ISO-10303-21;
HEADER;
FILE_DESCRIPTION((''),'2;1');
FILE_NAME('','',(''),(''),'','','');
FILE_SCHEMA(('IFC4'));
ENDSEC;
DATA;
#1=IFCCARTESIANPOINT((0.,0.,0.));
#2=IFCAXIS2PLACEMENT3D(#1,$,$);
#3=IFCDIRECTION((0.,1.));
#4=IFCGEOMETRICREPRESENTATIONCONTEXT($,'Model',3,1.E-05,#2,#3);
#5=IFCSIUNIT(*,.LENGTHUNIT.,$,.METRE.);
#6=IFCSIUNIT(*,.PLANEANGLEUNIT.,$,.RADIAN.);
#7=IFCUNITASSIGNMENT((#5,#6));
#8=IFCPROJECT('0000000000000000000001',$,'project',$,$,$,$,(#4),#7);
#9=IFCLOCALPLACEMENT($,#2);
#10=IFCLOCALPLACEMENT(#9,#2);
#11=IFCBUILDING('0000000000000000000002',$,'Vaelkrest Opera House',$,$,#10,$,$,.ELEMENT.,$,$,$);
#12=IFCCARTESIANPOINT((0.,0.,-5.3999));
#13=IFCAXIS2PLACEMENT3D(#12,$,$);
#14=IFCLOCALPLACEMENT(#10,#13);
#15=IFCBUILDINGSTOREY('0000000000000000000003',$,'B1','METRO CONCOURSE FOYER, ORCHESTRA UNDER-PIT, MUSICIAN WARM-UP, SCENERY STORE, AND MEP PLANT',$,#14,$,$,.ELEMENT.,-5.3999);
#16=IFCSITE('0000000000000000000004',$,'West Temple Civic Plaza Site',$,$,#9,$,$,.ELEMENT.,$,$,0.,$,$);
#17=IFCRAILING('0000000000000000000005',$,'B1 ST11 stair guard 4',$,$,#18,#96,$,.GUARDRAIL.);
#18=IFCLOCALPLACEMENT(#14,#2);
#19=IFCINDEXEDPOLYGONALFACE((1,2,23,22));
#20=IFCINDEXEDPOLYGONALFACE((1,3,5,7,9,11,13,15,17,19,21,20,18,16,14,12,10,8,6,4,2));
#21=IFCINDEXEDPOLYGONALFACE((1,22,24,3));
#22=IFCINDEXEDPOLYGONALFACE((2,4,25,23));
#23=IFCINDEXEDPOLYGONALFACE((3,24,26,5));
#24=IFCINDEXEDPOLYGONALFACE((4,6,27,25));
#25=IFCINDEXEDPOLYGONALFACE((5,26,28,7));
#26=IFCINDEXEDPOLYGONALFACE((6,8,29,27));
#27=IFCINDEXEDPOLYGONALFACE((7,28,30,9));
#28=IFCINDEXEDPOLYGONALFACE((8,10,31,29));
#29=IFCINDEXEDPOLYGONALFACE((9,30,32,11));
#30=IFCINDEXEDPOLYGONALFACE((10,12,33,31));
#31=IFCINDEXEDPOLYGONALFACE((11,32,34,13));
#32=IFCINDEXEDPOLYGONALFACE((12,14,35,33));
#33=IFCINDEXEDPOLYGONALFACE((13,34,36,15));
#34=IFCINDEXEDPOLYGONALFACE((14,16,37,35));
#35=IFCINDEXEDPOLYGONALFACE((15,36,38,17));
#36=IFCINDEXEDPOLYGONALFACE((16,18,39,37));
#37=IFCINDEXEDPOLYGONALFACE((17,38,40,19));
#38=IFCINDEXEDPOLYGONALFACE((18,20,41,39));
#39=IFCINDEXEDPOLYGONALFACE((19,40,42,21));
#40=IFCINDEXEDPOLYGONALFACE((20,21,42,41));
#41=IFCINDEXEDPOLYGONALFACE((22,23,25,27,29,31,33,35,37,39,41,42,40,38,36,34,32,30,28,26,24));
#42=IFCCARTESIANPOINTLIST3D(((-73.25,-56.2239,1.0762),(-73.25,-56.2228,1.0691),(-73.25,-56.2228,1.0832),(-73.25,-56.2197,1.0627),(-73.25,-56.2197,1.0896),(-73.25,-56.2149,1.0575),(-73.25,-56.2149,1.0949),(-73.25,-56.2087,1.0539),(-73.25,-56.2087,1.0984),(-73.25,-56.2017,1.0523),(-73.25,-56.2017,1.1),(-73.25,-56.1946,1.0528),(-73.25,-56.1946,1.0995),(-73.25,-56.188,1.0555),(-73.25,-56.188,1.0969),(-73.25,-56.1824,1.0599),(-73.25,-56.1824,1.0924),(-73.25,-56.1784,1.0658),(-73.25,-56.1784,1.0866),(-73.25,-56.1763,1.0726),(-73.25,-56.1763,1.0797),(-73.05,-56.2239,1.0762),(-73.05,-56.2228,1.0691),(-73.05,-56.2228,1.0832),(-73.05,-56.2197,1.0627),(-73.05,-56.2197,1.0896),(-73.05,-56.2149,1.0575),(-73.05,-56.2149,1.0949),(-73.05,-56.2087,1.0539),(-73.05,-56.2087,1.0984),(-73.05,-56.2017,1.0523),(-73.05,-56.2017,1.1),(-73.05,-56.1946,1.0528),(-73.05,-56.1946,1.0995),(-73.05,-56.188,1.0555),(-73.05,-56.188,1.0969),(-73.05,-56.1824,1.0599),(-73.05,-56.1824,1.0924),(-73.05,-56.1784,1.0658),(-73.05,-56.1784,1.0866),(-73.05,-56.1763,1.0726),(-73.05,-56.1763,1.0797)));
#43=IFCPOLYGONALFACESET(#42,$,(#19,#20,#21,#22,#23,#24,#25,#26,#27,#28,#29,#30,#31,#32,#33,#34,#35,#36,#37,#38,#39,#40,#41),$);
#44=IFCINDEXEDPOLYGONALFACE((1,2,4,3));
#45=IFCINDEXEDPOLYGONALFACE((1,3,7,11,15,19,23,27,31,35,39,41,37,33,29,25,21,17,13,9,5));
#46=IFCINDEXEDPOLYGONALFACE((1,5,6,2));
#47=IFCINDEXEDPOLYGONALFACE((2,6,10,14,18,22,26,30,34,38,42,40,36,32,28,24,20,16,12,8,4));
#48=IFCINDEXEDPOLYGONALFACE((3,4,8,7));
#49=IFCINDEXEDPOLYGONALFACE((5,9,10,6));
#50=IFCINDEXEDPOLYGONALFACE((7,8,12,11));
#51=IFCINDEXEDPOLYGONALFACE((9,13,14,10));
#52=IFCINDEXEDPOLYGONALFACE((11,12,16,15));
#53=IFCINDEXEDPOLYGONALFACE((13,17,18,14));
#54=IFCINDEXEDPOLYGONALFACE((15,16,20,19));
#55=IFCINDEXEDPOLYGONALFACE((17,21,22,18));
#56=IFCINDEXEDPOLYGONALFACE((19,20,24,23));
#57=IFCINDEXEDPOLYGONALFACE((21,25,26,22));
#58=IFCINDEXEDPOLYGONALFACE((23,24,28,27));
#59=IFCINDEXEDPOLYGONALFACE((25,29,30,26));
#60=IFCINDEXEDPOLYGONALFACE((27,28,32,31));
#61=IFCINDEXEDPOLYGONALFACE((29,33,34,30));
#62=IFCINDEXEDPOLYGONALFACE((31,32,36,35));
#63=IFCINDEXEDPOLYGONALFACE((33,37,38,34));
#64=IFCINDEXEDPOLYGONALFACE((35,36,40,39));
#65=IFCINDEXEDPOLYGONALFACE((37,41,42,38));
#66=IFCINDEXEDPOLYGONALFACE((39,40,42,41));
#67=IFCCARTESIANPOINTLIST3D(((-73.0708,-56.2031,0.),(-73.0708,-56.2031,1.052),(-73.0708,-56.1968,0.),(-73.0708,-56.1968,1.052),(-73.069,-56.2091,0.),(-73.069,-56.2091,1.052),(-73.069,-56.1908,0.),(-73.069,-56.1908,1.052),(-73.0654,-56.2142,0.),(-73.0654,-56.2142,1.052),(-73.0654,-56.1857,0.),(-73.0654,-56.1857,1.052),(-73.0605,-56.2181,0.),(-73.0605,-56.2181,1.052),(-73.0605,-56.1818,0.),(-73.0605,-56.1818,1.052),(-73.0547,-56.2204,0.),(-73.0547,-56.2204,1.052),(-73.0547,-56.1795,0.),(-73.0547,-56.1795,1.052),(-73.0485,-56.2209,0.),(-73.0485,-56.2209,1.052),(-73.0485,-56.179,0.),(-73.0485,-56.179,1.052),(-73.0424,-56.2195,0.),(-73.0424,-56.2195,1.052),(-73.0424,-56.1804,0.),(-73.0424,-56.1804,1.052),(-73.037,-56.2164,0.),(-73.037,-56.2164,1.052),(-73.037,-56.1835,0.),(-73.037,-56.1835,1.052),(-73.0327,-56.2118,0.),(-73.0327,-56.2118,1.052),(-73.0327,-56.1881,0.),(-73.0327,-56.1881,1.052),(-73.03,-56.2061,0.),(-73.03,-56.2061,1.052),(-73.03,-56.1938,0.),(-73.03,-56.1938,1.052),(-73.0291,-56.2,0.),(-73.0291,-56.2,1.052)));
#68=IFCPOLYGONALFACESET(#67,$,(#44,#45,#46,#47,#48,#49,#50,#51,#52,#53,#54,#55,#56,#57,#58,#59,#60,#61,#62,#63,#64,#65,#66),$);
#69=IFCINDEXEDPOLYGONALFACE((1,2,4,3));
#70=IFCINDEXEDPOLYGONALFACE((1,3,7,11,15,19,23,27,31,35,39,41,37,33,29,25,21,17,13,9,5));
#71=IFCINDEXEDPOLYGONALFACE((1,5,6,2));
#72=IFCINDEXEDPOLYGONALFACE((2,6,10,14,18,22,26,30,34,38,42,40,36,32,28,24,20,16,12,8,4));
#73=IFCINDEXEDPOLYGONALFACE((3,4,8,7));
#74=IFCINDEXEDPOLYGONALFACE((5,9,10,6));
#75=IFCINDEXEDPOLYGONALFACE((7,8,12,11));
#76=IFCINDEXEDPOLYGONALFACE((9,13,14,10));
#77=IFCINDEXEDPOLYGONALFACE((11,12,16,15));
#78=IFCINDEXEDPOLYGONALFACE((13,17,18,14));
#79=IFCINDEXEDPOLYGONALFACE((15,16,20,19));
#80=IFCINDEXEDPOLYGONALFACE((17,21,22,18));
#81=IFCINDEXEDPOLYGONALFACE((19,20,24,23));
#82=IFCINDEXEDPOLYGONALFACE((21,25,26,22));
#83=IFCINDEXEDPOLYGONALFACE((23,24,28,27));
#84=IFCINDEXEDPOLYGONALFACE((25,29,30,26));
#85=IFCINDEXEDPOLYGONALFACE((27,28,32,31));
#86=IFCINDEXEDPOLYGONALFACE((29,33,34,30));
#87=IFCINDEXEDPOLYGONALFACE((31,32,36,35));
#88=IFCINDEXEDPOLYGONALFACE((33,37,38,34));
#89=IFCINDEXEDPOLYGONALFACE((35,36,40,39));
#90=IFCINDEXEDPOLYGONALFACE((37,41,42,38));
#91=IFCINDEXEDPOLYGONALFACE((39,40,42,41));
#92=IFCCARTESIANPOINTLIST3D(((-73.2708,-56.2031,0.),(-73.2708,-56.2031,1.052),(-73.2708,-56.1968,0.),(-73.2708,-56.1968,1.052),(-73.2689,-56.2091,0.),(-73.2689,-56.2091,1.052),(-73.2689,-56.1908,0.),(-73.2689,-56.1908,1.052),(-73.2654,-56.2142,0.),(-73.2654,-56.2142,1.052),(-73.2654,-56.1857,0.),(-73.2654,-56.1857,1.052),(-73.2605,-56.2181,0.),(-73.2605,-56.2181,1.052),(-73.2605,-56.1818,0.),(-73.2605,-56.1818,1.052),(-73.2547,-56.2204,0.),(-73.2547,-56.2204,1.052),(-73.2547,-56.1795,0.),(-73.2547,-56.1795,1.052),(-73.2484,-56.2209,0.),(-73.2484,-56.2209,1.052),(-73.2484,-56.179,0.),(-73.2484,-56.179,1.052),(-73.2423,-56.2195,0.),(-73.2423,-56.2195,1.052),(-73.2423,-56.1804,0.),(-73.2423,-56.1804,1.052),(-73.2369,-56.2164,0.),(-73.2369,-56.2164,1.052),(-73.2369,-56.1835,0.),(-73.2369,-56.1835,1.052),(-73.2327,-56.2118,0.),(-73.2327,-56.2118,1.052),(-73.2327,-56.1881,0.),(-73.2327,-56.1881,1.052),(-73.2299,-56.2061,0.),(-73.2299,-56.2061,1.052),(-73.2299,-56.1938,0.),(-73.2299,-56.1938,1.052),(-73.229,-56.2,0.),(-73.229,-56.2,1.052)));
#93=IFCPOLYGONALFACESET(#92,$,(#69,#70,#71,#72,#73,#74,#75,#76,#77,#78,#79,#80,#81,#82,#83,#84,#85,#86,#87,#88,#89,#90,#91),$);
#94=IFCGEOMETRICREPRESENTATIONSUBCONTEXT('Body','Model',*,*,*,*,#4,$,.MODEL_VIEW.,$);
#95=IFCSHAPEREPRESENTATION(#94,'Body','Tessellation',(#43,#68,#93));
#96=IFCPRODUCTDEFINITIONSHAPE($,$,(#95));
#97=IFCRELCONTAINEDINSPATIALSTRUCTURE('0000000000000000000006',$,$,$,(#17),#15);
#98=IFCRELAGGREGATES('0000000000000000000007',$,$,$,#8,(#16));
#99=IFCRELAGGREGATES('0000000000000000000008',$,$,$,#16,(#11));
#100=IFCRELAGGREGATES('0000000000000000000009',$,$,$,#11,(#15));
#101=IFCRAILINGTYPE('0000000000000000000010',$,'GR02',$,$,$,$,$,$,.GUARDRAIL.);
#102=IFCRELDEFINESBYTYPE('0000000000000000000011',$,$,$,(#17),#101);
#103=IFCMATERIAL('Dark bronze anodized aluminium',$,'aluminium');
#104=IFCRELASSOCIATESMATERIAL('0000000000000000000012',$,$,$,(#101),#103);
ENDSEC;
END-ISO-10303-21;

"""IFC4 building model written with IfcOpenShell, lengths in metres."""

from ifc_helpers import new_model, si_unit, direction, frame, origin, origin_2d, place, context, subcontext, project, spatial, circle, extrude, material, type_object, element, save


model = new_model("IFC4")

# Units and contexts
model_context = context("Model", 3, precision=1e-05, world=origin(), true_north=direction((0.0, 1.0)))
body_context = subcontext(model_context, "Body", "Model", "MODEL_VIEW")
ifc_project = project(units=[si_unit("LENGTHUNIT", "METRE"), si_unit("PLANEANGLEUNIT", "RADIAN")], contexts=[model_context])

# Site, building, storey
site_placement = place(None, origin())
site = spatial("IfcSite", under=ifc_project, at=site_placement, Name="West Temple Civic Plaza Site", CompositionType="ELEMENT", RefElevation=0.0)
building_placement = place(site_placement, origin())
building = spatial("IfcBuilding", under=site, at=building_placement, Name="Vaelkrest Opera House", CompositionType="ELEMENT")
storey_placement = place(building_placement, frame((0.0, 0.0, -5.3999)))
storey = spatial("IfcBuildingStorey", under=building, at=storey_placement, Name="B1", Description="METRO CONCOURSE FOYER, ORCHESTRA UNDER-PIT, MUSICIAN WARM-UP, SCENERY STORE, AND MEP PLANT", CompositionType="ELEMENT", Elevation=-5.3999)

# Railing
ifc_material_1 = material(Name="Dark bronze anodized aluminium", Category="aluminium")
railing_type_1 = type_object("IfcRailingType", Name="GR02", PredefinedType="GUARDRAIL", material=ifc_material_1)
railing_1_placement = place(storey_placement, frame((-73.05, -56.2, 0.0)))
element("IfcRailing", 1, at=railing_1_placement, inside=storey, type_object=railing_type_1, Name="B1 ST11 stair guard 4", PredefinedType="GUARDRAIL", context=body_context, shape_type="SweptSolid", body=[
    extrude(circle(Radius=0.0239, at=origin_2d()), frame((0.0, 0.0, 1.0762), z_axis=(-1.0, 0.0, 0.0), x_axis=(0.0, -1.0, 0.0)), (0.0, 0.0, 1.0), 0.2),
    extrude(circle(Radius=0.021, at=origin_2d()), origin(), (0.0, 0.0, 1.0), 1.052),
    extrude(circle(Radius=0.021, at=origin_2d()), frame((-0.2, 0.0, 0.0)), (0.0, 0.0, 1.0), 1.052),
])

save(model, "model.ifc")
